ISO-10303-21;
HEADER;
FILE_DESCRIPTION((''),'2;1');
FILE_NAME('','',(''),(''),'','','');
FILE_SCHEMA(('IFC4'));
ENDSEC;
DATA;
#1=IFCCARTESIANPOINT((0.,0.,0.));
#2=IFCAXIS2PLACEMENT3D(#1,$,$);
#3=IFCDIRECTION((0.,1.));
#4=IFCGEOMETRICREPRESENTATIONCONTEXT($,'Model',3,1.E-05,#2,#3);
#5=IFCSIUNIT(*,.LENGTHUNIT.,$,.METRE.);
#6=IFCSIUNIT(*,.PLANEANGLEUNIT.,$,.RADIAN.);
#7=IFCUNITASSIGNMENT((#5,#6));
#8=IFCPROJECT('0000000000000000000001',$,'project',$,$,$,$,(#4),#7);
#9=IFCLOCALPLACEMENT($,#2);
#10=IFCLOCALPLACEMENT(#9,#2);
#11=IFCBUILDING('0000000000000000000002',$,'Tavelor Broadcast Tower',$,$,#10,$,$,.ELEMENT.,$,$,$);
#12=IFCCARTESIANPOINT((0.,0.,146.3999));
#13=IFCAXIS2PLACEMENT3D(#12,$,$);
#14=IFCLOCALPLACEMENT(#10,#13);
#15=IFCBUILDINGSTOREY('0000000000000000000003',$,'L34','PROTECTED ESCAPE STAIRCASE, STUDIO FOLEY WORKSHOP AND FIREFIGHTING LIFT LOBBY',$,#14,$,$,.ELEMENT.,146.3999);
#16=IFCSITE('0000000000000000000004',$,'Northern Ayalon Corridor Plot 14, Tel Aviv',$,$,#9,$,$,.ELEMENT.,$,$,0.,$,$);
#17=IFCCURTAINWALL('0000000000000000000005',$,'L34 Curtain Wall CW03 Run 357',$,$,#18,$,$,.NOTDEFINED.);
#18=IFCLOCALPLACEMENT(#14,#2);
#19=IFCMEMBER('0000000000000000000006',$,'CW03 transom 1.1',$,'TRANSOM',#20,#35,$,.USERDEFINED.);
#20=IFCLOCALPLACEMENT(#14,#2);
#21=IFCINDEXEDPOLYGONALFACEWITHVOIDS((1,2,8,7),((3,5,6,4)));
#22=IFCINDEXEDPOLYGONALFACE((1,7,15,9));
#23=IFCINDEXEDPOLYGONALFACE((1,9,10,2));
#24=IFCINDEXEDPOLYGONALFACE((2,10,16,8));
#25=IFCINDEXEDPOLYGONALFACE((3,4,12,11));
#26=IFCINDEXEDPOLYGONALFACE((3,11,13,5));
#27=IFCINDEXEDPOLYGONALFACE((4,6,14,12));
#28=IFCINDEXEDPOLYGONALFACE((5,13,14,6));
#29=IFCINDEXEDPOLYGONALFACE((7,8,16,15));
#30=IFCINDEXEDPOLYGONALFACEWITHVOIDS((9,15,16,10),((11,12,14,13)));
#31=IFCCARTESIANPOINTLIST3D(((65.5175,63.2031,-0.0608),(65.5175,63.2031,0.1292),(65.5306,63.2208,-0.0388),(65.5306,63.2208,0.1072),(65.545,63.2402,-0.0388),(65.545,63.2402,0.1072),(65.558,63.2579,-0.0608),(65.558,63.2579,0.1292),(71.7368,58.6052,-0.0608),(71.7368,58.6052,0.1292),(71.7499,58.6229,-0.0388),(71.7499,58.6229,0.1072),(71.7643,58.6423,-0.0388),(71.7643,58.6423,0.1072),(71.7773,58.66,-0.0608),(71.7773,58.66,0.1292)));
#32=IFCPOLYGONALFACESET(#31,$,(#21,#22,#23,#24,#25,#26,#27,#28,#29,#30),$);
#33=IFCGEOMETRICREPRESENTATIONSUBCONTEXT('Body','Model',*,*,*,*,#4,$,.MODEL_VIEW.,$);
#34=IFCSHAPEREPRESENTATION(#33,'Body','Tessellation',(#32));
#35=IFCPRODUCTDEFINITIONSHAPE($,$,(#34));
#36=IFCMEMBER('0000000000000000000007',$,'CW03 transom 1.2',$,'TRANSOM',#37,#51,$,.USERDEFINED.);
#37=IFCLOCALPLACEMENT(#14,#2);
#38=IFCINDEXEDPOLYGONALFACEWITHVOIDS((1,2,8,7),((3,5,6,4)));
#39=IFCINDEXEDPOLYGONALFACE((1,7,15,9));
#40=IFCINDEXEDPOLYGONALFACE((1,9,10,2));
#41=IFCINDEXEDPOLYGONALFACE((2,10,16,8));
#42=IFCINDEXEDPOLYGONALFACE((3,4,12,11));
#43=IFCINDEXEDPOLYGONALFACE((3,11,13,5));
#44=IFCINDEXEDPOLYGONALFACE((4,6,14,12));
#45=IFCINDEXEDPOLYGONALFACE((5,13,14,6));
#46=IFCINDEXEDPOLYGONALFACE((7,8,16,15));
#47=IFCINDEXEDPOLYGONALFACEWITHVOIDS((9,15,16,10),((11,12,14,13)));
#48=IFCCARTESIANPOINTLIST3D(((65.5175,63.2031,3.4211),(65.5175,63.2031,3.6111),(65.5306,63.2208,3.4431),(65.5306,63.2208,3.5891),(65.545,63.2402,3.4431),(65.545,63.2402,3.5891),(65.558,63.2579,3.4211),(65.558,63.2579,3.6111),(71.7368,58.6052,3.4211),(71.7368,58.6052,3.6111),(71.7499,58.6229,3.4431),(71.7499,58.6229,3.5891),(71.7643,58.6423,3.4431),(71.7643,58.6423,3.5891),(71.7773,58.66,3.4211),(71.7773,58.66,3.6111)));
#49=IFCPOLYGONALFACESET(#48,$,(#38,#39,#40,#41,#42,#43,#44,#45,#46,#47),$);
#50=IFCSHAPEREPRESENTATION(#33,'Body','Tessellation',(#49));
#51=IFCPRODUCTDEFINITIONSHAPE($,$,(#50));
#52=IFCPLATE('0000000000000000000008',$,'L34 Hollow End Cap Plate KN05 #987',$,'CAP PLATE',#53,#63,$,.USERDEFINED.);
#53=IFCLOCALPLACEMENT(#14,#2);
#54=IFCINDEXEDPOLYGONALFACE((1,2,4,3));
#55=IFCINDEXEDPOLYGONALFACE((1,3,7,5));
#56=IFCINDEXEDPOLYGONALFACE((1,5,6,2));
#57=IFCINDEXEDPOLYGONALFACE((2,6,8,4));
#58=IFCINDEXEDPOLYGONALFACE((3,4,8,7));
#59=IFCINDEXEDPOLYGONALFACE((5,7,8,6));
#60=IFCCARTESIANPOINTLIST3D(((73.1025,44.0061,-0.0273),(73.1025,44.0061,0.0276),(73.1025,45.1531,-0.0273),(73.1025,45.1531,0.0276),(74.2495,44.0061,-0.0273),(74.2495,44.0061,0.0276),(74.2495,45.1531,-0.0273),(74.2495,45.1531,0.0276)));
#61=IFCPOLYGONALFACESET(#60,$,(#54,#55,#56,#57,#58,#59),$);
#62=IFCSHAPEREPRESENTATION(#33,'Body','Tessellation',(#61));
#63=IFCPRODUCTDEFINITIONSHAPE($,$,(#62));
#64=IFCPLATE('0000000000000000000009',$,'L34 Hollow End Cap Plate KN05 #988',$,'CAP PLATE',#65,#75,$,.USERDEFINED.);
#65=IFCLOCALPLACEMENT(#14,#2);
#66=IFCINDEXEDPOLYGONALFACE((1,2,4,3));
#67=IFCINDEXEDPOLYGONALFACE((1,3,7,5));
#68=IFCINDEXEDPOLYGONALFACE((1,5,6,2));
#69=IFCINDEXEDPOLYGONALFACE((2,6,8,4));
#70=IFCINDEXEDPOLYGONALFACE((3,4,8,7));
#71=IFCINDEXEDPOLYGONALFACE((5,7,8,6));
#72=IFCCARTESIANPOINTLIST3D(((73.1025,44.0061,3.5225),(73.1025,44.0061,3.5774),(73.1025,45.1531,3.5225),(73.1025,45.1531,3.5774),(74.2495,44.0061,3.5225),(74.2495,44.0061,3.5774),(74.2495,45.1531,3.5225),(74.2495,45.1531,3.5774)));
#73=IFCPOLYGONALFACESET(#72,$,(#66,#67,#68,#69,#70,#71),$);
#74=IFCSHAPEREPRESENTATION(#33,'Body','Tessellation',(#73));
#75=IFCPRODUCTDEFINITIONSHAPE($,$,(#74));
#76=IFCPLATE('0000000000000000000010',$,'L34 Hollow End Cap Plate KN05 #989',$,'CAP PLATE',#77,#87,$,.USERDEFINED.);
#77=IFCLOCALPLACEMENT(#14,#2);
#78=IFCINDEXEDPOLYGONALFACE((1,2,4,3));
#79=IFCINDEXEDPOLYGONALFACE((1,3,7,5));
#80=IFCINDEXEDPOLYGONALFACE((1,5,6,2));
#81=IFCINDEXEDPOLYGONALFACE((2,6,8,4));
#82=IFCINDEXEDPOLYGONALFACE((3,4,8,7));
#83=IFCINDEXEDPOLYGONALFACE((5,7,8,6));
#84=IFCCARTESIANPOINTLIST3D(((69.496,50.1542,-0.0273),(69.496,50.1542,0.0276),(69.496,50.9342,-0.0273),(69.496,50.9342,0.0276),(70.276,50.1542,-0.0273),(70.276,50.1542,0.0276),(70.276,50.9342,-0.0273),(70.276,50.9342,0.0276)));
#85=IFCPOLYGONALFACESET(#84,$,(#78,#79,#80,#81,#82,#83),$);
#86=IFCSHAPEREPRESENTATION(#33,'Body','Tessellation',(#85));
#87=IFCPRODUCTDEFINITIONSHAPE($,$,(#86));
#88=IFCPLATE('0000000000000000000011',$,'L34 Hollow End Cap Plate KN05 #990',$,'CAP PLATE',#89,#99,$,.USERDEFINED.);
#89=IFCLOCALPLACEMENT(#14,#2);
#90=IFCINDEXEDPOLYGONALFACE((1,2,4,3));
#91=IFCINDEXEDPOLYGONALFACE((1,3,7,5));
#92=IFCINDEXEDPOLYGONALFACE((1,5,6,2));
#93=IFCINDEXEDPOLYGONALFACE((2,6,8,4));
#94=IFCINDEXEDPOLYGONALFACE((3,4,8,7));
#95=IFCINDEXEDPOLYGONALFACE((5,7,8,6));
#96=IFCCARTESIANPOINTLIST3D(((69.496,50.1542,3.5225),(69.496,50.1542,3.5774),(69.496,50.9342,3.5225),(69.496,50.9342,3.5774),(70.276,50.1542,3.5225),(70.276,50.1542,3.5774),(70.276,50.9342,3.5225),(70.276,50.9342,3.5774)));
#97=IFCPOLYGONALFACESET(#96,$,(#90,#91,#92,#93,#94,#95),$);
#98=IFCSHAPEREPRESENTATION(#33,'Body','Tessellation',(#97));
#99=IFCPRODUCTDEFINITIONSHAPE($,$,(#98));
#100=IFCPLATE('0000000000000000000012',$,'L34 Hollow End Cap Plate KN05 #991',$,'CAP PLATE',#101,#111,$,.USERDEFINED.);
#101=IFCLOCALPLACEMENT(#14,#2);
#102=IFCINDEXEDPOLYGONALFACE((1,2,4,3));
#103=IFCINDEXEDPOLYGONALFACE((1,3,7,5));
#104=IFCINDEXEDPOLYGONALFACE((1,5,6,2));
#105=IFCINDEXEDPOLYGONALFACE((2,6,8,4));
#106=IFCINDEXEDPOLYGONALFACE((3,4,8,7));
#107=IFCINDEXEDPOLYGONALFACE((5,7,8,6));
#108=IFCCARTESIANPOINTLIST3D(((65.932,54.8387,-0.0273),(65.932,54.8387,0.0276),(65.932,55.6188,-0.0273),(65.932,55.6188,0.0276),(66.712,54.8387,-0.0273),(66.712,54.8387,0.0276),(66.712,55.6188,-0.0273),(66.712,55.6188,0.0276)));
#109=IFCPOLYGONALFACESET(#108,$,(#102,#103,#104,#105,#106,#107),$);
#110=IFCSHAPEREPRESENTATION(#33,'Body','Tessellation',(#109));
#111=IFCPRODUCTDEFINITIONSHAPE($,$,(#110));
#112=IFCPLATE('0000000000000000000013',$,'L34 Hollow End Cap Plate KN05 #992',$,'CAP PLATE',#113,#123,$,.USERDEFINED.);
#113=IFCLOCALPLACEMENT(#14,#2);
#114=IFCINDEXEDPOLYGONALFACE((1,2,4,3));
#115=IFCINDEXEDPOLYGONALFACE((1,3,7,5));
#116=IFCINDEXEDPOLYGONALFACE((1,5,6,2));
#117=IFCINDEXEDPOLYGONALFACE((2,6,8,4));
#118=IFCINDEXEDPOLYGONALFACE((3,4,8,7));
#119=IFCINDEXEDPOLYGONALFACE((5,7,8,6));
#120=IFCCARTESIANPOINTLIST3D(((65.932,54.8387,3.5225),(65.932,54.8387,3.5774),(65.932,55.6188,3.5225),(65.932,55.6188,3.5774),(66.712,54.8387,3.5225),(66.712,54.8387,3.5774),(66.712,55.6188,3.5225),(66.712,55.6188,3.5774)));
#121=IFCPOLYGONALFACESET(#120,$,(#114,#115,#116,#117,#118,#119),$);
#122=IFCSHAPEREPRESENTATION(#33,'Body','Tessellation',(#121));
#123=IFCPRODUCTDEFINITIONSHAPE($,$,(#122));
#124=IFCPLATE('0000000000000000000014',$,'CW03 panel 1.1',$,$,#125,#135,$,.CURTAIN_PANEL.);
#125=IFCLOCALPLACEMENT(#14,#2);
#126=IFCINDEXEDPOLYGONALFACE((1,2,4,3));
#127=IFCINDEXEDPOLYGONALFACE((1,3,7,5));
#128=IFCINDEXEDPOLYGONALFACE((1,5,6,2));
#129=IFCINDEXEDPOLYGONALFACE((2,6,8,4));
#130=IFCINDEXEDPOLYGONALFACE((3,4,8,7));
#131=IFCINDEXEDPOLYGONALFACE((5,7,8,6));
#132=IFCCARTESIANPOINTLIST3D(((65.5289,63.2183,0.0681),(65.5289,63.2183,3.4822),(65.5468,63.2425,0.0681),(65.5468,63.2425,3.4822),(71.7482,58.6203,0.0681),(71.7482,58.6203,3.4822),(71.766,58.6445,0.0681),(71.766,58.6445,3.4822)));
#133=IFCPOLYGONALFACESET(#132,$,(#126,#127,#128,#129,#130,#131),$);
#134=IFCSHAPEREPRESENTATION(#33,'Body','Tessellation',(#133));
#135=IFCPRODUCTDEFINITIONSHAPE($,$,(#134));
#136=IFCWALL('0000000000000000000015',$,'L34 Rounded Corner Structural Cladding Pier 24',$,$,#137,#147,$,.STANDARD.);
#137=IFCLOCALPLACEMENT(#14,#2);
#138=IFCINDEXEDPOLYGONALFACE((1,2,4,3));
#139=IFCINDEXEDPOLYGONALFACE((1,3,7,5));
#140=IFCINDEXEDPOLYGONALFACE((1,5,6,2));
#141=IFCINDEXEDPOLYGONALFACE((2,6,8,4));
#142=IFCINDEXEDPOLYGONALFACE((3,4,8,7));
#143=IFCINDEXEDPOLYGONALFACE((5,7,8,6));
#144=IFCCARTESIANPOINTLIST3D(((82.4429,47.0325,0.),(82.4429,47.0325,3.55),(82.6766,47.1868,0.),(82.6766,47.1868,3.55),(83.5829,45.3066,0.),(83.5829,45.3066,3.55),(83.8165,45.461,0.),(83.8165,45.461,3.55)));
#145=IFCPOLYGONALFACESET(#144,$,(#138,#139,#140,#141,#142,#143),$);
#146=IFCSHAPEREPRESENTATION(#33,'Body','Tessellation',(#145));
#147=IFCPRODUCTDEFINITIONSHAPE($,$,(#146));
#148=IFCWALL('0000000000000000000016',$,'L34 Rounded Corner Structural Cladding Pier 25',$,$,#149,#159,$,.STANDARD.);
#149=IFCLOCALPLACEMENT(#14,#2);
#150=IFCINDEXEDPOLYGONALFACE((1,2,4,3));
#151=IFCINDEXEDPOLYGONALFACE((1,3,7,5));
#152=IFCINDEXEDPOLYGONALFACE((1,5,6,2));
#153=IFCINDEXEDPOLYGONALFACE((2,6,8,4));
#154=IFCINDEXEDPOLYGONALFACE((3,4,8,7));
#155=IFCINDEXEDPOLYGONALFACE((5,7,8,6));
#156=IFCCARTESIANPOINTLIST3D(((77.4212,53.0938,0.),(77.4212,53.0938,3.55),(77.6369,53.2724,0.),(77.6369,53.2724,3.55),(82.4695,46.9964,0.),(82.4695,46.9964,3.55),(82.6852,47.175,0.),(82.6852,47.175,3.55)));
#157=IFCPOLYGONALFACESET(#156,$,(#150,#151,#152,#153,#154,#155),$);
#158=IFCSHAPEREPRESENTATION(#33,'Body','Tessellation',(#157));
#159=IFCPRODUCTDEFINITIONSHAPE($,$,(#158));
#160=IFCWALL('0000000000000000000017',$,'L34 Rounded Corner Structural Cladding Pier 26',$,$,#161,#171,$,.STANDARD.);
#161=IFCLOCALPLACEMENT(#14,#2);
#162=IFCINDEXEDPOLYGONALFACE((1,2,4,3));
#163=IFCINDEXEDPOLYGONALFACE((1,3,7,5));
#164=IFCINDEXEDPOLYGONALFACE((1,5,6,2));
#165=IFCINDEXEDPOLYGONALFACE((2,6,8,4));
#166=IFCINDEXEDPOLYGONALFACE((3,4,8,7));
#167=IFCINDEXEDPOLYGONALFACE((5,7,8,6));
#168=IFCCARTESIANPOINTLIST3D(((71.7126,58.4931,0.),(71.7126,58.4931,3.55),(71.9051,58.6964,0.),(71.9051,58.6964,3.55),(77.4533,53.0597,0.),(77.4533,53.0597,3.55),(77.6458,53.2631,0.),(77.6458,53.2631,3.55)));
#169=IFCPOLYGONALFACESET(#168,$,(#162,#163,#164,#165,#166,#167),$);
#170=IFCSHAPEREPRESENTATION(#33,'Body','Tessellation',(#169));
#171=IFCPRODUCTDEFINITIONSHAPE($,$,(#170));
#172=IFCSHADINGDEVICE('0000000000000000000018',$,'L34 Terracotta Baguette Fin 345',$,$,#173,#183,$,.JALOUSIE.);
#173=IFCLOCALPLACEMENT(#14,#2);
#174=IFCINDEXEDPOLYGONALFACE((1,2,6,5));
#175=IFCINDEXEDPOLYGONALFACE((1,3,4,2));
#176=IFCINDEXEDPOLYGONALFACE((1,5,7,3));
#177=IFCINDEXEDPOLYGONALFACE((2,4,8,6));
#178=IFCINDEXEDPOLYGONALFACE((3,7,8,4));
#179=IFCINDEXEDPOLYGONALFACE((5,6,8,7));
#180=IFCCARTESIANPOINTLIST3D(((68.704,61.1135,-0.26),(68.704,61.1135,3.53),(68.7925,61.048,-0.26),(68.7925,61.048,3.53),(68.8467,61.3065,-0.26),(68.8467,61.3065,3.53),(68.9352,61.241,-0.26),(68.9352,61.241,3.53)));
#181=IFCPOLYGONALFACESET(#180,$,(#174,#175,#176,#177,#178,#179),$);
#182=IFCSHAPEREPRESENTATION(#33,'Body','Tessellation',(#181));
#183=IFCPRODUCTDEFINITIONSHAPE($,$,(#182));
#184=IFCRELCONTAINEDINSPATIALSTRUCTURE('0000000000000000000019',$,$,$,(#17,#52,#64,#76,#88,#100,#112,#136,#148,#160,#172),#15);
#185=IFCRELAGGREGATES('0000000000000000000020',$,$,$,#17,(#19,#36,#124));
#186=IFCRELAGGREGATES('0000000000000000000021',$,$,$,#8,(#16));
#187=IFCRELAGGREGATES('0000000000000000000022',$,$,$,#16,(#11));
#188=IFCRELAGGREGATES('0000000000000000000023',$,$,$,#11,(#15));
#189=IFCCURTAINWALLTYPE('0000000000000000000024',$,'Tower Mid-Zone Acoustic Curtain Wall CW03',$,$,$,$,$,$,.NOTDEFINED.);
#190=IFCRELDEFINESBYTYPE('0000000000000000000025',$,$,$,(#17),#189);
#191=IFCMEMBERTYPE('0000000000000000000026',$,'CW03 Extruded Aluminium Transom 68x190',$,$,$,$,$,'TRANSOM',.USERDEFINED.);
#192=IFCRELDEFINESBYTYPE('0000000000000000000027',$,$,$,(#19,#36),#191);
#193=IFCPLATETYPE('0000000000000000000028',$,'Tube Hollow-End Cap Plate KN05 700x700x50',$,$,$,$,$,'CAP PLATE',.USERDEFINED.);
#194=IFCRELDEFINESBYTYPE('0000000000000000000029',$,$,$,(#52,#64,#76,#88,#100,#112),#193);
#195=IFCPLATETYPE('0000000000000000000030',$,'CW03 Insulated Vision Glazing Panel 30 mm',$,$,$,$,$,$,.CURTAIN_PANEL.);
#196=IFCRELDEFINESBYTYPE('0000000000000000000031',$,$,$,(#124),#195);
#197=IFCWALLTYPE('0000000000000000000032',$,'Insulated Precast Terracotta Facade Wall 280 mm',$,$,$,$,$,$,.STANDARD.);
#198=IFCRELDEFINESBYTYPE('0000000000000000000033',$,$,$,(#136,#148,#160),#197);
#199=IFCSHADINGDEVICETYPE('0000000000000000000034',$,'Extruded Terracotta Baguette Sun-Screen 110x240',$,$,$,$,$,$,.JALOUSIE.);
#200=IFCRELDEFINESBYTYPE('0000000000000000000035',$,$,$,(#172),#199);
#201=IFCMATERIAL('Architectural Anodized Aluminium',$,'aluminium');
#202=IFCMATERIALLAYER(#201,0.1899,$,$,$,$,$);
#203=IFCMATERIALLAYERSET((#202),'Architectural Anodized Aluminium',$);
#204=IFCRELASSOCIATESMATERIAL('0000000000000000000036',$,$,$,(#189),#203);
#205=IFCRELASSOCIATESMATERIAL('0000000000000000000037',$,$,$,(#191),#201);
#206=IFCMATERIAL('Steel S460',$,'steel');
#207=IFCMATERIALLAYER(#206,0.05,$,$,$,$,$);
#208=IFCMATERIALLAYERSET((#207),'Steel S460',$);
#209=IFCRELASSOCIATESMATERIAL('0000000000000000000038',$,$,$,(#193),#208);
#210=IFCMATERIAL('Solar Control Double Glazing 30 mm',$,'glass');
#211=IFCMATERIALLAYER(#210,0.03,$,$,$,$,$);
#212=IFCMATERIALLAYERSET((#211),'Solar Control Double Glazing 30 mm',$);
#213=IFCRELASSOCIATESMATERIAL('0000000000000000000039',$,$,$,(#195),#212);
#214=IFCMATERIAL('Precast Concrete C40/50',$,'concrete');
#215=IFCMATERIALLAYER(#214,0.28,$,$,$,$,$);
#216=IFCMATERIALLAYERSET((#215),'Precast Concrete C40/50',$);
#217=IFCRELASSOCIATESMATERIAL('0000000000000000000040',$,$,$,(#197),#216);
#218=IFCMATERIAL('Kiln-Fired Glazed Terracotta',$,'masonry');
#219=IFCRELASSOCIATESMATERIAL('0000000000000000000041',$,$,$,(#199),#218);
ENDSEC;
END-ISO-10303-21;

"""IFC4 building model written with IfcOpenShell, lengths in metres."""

from ifc_helpers import new_model, si_unit, direction, frame, frame_2d, origin, origin_2d, place, context, subcontext, project, spatial, rectangle, hollow_rectangle, extrude, source, transform, mapped, material, layer, layer_set, material_profile, profile_set, type_object, type_shapes, element, aggregate, save


model = new_model("IFC4")

# Units and contexts
model_context = context("Model", 3, precision=1e-05, world=origin(), true_north=direction((0.0, 1.0)))
body_context = subcontext(model_context, "Body", "Model", "MODEL_VIEW")
ifc_project = project(units=[si_unit("LENGTHUNIT", "METRE"), si_unit("PLANEANGLEUNIT", "RADIAN")], contexts=[model_context])

# Site, building, storey
site_placement = place(None, origin())
site = spatial("IfcSite", under=ifc_project, at=site_placement, Name="Northern Ayalon Corridor Plot 14, Tel Aviv", CompositionType="ELEMENT", RefElevation=0.0)
building_placement = place(site_placement, origin())
building = spatial("IfcBuilding", under=site, at=building_placement, Name="Tavelor Broadcast Tower", CompositionType="ELEMENT")
storey_placement = place(building_placement, frame((0.0, 0.0, 146.3999)))
storey = spatial("IfcBuildingStorey", under=building, at=storey_placement, Name="L34", Description="PROTECTED ESCAPE STAIRCASE, STUDIO FOLEY WORKSHOP AND FIREFIGHTING LIFT LOBBY", CompositionType="ELEMENT", Elevation=146.3999)

# Shared definitions
ifc_material_1 = material(Name="Steel S460", Category="steel")

# Curtain wall
ifc_material_2 = material(Name="Architectural Anodized Aluminium", Category="aluminium")
ifc_layer_1 = layer(ifc_material_2, 0.1899)
ifc_layer_set_1 = layer_set([ifc_layer_1], Name="Architectural Anodized Aluminium")
curtain_wall_type = type_object("IfcCurtainWallType", Name="Tower Mid-Zone Acoustic Curtain Wall CW03", PredefinedType="NOTDEFINED", material=ifc_layer_set_1)
curtain_wall_1_placement = place(storey_placement, origin())
curtain_wall_1 = element("IfcCurtainWall", 1, at=curtain_wall_1_placement, inside=storey, type_object=curtain_wall_type, Name="L34 Curtain Wall CW03 Run 357", PredefinedType="NOTDEFINED")

# Members
ifc_material_profile_1 = material_profile(ifc_material_2, hollow_rectangle(XDim=0.0681, YDim=0.1899, WallThickness=0.022, at=origin_2d()), Name="RHS 68x190x22")
ifc_profile_set_1 = profile_set([ifc_material_profile_1], Name="Architectural Anodized Aluminium")
member_type_1 = type_object("IfcMemberType", Name="CW03 Extruded Aluminium Transom 68x190", ElementType="TRANSOM", PredefinedType="USERDEFINED", material=ifc_profile_set_1)
shared_shape_1 = source(origin(), body_context, "Body", "SweptSolid", [
    extrude(hollow_rectangle(XDim=0.0681, YDim=0.1899, WallThickness=0.022, at=origin_2d()), origin(), (0.0, 0.0, 1.0), 7.7344),
])
type_shapes(member_type_1, [shared_shape_1])
member_1_placement = place(storey_placement, frame((71.7571, 58.6326, 0.0342), z_axis=(-0.80411, 0.594481, 0.0), x_axis=(-0.594481, -0.80411, 0.0)))
member_1 = element("IfcMember", 2, at=member_1_placement, type_object=member_type_1, Name="CW03 transom 1.1", ObjectType="TRANSOM", PredefinedType="USERDEFINED", context=body_context, shape_type="MappedRepresentation", body=[
    mapped(shared_shape_1, transform((0.0, 0.0, 0.0), scale=1.0)),
])
member_2_placement = place(storey_placement, frame((71.7571, 58.6326, 3.5161), z_axis=(-0.80411, 0.594481, 0.0), x_axis=(-0.594481, -0.80411, 0.0)))
member_2 = element("IfcMember", 3, at=member_2_placement, type_object=member_type_1, Name="CW03 transom 1.2", ObjectType="TRANSOM", PredefinedType="USERDEFINED", context=body_context, shape_type="MappedRepresentation", body=[
    mapped(shared_shape_1, transform((0.0, 0.0, 0.0), scale=1.0)),
])

# Plates
ifc_layer_2 = layer(ifc_material_1, 0.05)
ifc_layer_set_2 = layer_set([ifc_layer_2], Name="Steel S460")
plate_type_1 = type_object("IfcPlateType", Name="Tube Hollow-End Cap Plate KN05 700x700x50", ElementType="CAP PLATE", PredefinedType="USERDEFINED", material=ifc_layer_set_2)
shared_shape_2 = source(origin(), body_context, "Body", "SweptSolid", [
    extrude(rectangle(XDim=1.147, YDim=1.147, at=origin_2d()), origin(), (0.0, 0.0, 1.0), 0.0549),
])
for number, where, z_axis, x_axis, name in (
    (4, (73.676, 44.5796, -0.0273), (0.0, 0.0, 1.0), (1.0, 0.0, 0.0), "L34 Hollow End Cap Plate KN05 #987"),
    (5, (73.676, 44.5796, 3.5225), (0.0, 0.0, 1.0), (1.0, 0.0, 0.0), "L34 Hollow End Cap Plate KN05 #988"),
):
    element("IfcPlate", number, at=place(storey_placement, frame(where, z_axis=z_axis, x_axis=x_axis)), inside=storey, type_object=plate_type_1, Name=name, ObjectType="CAP PLATE", PredefinedType="USERDEFINED", context=body_context, shape_type="MappedRepresentation", body=[
        mapped(shared_shape_2, transform((0.0, 0.0, 0.0), scale=1.0)),
    ])
shared_shape_3 = source(origin(), body_context, "Body", "SweptSolid", [
    extrude(rectangle(XDim=0.78, YDim=0.78, at=origin_2d()), origin(), (0.0, 0.0, 1.0), 0.0549),
])
type_shapes(plate_type_1, [shared_shape_2, shared_shape_3])
for number, where, z_axis, x_axis, name in (
    (6, (69.886, 50.5442, -0.0273), (0.0, 0.0, 1.0), (1.0, 0.0, 0.0), "L34 Hollow End Cap Plate KN05 #989"),
    (7, (69.886, 50.5442, 3.5225), (0.0, 0.0, 1.0), (1.0, 0.0, 0.0), "L34 Hollow End Cap Plate KN05 #990"),
    (8, (66.322, 55.2288, -0.0273), (0.0, 0.0, 1.0), (1.0, 0.0, 0.0), "L34 Hollow End Cap Plate KN05 #991"),
    (9, (66.322, 55.2288, 3.5225), (0.0, 0.0, 1.0), (1.0, 0.0, 0.0), "L34 Hollow End Cap Plate KN05 #992"),
):
    element("IfcPlate", number, at=place(storey_placement, frame(where, z_axis=z_axis, x_axis=x_axis)), inside=storey, type_object=plate_type_1, Name=name, ObjectType="CAP PLATE", PredefinedType="USERDEFINED", context=body_context, shape_type="MappedRepresentation", body=[
        mapped(shared_shape_3, transform((0.0, 0.0, 0.0), scale=1.0)),
    ])

# Plate
ifc_material_3 = material(Name="Solar Control Double Glazing 30 mm", Category="glass")
ifc_layer_3 = layer(ifc_material_3, 0.03)
ifc_layer_set_3 = layer_set([ifc_layer_3], Name="Solar Control Double Glazing 30 mm")
plate_type_2 = type_object("IfcPlateType", Name="CW03 Insulated Vision Glazing Panel 30 mm", PredefinedType="CURTAIN_PANEL", material=ifc_layer_set_3)
shared_shape_4 = source(origin(), body_context, "Body", "SweptSolid", [
    extrude(rectangle(XDim=7.7344, YDim=0.03, at=origin_2d()), origin(), (0.0, 0.0, 1.0), 3.4141),
])
type_shapes(plate_type_2, [shared_shape_4])
plate_placement = place(storey_placement, frame((68.6475, 60.9314, 0.0681), z_axis=(0.0, 0.0, 1.0), x_axis=(-0.804107, 0.594485, 0.0)))
plate = element("IfcPlate", 10, at=plate_placement, type_object=plate_type_2, Name="CW03 panel 1.1", PredefinedType="CURTAIN_PANEL", context=body_context, shape_type="MappedRepresentation", body=[
    mapped(shared_shape_4, transform((0.0, 0.0, 0.0), scale=1.0)),
])
aggregate(curtain_wall_1, [member_1, member_2, plate])

# Walls
ifc_material_4 = material(Name="Precast Concrete C40/50", Category="concrete")
ifc_layer_4 = layer(ifc_material_4, 0.28)
ifc_layer_set_4 = layer_set([ifc_layer_4], Name="Precast Concrete C40/50")
wall_type = type_object("IfcWallType", Name="Insulated Precast Terracotta Facade Wall 280 mm", PredefinedType="STANDARD", material=ifc_layer_set_4)
wall_1_placement = place(storey_placement, frame((83.6997, 45.3838, 0.0), z_axis=(0.0, 0.0, 1.0), x_axis=(-0.551127, 0.834422, 0.0)))
element("IfcWall", 11, at=wall_1_placement, inside=storey, type_object=wall_type, Name="L34 Rounded Corner Structural Cladding Pier 24", PredefinedType="STANDARD", context=body_context, shape_type="SweptSolid", body=[
    extrude(rectangle(XDim=2.0684, YDim=0.28, at=frame_2d((1.0342, 0.0))), origin(), (0.0, 0.0, 1.0), 3.55),
])
wall_2_placement = place(storey_placement, frame((82.5774, 47.0857, 0.0), z_axis=(0.0, 0.0, 1.0), x_axis=(-0.637733, 0.770257, 0.0)))
element("IfcWall", 12, at=wall_2_placement, inside=storey, type_object=wall_type, Name="L34 Rounded Corner Structural Cladding Pier 25", PredefinedType="STANDARD", context=body_context, shape_type="SweptSolid", body=[
    extrude(rectangle(XDim=7.916, YDim=0.28, at=frame_2d((3.958, 0.0))), origin(), (0.0, 0.0, 1.0), 3.55),
])
wall_3_placement = place(storey_placement, frame((77.5496, 53.1614, 0.0), z_axis=(0.0, 0.0, 1.0), x_axis=(-0.726283, 0.687396, 0.0)))
element("IfcWall", 13, at=wall_3_placement, inside=storey, type_object=wall_type, Name="L34 Rounded Corner Structural Cladding Pier 26", PredefinedType="STANDARD", context=body_context, shape_type="SweptSolid", body=[
    extrude(rectangle(XDim=7.9043, YDim=0.28, at=frame_2d((3.9521, 0.0))), origin(), (0.0, 0.0, 1.0), 3.55),
])

# Shading device
ifc_material_5 = material(Name="Kiln-Fired Glazed Terracotta", Category="masonry")
shading_device_type = type_object("IfcShadingDeviceType", Name="Extruded Terracotta Baguette Sun-Screen 110x240", PredefinedType="JALOUSIE", material=ifc_material_5)
shared_shape_5 = source(origin(), body_context, "Body", "SweptSolid", [
    extrude(rectangle(XDim=0.1101, YDim=0.24, at=origin_2d()), origin(), (0.0, 0.0, 1.0), 3.79),
])
type_shapes(shading_device_type, [shared_shape_5])
shading_device_placement = place(storey_placement, frame((68.8196, 61.1772, -0.26), z_axis=(0.0, 0.0, 1.0), x_axis=(-0.804064, 0.594542, 0.0)))
element("IfcShadingDevice", 14, at=shading_device_placement, inside=storey, type_object=shading_device_type, Name="L34 Terracotta Baguette Fin 345", PredefinedType="JALOUSIE", context=body_context, shape_type="MappedRepresentation", body=[
    mapped(shared_shape_5, transform((0.0, 0.0, 0.0), scale=1.0)),
])

save(model, "model.ifc")
